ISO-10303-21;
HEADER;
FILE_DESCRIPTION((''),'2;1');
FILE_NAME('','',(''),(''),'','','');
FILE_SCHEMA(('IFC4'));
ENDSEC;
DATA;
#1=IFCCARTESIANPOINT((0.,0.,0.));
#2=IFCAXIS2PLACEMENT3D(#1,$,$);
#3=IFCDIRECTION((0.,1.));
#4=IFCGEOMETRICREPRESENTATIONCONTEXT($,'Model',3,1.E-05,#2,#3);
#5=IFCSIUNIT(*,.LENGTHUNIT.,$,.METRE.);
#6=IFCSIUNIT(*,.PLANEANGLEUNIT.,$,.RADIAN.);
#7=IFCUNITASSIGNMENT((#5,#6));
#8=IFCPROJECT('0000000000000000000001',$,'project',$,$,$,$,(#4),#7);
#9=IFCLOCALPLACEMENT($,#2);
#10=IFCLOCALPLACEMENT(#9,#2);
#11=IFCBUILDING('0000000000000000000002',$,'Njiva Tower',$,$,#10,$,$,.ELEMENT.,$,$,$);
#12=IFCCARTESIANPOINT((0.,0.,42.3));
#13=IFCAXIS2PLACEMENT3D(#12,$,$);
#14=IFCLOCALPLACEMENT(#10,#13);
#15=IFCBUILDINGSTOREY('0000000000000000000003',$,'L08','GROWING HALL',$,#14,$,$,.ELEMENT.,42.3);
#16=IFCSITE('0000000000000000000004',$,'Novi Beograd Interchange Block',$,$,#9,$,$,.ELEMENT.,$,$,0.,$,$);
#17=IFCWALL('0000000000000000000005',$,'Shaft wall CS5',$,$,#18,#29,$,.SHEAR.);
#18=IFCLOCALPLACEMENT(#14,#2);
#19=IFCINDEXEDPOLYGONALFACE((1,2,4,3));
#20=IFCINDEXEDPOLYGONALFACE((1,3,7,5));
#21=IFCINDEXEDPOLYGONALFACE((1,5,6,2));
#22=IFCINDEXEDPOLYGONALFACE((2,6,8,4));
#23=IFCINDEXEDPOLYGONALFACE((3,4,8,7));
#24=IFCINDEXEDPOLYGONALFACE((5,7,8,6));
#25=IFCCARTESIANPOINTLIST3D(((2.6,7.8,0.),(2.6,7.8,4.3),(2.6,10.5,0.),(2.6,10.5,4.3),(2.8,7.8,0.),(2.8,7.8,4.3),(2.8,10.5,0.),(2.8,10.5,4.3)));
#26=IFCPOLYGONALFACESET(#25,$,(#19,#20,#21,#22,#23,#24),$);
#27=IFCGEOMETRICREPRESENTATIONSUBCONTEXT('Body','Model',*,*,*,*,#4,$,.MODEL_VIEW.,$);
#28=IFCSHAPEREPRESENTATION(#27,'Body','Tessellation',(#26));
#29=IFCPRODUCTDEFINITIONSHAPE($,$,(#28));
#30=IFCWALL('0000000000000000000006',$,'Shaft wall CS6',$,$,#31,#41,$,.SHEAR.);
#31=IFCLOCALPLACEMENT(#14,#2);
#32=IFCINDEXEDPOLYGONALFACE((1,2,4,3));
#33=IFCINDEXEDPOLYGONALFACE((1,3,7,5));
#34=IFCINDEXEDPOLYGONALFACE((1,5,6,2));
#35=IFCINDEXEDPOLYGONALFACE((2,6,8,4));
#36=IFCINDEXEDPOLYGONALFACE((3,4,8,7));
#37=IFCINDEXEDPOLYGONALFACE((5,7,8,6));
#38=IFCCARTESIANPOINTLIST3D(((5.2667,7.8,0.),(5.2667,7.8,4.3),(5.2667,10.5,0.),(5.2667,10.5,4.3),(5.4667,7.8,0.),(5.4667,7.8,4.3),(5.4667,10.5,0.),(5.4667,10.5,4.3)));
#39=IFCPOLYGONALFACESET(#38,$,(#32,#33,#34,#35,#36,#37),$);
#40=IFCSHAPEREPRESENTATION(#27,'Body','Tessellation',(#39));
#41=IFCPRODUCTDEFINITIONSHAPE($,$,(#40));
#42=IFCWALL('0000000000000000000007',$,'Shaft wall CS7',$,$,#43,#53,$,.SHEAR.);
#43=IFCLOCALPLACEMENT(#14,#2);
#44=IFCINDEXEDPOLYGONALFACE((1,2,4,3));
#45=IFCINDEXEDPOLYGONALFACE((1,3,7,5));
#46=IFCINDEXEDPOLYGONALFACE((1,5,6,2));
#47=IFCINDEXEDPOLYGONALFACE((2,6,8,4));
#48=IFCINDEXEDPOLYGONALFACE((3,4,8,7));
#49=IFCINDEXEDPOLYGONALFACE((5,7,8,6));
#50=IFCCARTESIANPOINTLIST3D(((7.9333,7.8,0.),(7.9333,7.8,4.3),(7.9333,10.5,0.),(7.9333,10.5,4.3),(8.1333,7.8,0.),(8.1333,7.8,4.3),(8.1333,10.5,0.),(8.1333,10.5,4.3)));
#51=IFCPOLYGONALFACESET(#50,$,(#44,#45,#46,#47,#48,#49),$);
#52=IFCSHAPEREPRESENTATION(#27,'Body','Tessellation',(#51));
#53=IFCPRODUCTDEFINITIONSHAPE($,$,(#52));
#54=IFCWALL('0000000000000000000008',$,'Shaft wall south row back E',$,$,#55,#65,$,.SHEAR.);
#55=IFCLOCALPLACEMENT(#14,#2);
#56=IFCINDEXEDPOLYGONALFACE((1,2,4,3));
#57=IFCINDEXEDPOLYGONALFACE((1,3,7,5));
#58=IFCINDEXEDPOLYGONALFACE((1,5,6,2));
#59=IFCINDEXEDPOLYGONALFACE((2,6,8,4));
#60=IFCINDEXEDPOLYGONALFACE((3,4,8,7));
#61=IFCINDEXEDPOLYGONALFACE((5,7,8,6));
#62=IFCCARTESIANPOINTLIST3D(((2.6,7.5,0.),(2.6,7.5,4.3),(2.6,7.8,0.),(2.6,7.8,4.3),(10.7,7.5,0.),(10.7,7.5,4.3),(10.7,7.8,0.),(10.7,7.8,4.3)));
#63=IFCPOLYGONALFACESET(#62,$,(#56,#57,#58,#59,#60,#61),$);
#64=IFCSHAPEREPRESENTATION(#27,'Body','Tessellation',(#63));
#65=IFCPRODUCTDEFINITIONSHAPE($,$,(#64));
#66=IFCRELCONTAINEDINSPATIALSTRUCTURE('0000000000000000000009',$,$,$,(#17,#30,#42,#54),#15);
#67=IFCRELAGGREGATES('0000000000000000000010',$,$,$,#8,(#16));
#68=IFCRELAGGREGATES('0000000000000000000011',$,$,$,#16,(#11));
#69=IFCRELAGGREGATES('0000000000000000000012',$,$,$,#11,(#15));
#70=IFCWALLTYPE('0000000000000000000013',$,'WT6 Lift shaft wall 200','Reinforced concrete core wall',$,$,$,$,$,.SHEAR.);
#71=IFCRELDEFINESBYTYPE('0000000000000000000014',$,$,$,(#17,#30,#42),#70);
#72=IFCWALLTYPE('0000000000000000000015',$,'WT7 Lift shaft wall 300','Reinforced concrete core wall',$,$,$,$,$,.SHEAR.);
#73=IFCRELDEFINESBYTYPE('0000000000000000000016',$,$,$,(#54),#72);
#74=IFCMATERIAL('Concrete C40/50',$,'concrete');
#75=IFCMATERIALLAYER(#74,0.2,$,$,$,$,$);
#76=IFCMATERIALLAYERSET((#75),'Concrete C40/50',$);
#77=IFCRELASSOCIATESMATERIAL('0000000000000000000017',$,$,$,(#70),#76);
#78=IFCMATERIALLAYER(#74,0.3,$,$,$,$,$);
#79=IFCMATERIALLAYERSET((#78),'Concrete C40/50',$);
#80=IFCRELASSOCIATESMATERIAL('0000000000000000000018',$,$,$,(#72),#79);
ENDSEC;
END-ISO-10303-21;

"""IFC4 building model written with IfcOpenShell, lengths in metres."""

from ifc_helpers import new_model, si_unit, direction, frame, frame_2d, origin, place, context, subcontext, project, spatial, rectangle, extrude, material, layer, layer_set, type_object, element, save


model = new_model("IFC4")

# Units and contexts
model_context = context("Model", 3, precision=1e-05, world=origin(), true_north=direction((0.0, 1.0)))
body_context = subcontext(model_context, "Body", "Model", "MODEL_VIEW")
ifc_project = project(units=[si_unit("LENGTHUNIT", "METRE"), si_unit("PLANEANGLEUNIT", "RADIAN")], contexts=[model_context])

# Site, building, storey
site_placement = place(None, origin())
site = spatial("IfcSite", under=ifc_project, at=site_placement, Name="Novi Beograd Interchange Block", CompositionType="ELEMENT", RefElevation=0.0)
building_placement = place(site_placement, origin())
building = spatial("IfcBuilding", under=site, at=building_placement, Name="Njiva Tower", CompositionType="ELEMENT")
storey_placement = place(building_placement, frame((0.0, 0.0, 42.3)))
storey = spatial("IfcBuildingStorey", under=building, at=storey_placement, Name="L08", Description="GROWING HALL", CompositionType="ELEMENT", Elevation=42.3)

# Shared definitions
ifc_material_1 = material(Name="Concrete C40/50", Category="concrete")

# Walls
ifc_layer_1 = layer(ifc_material_1, 0.2)
ifc_layer_set_1 = layer_set([ifc_layer_1], Name="Concrete C40/50")
wall_type_1 = type_object("IfcWallType", Name="WT6 Lift shaft wall 200", Description="Reinforced concrete core wall", PredefinedType="SHEAR", material=ifc_layer_set_1)
for number, where, z_axis, x_axis, name in (
    (1, (2.7, 7.8, 0.0), (0.0, 0.0, 1.0), (0.0, 1.0, 0.0), "Shaft wall CS5"),
    (2, (5.3667, 7.8, 0.0), (0.0, 0.0, 1.0), (0.0, 1.0, 0.0), "Shaft wall CS6"),
    (3, (8.0333, 7.8, 0.0), (0.0, 0.0, 1.0), (0.0, 1.0, 0.0), "Shaft wall CS7"),
):
    element("IfcWall", number, at=place(storey_placement, frame(where, z_axis=z_axis, x_axis=x_axis)), inside=storey, type_object=wall_type_1, Name=name, PredefinedType="SHEAR", context=body_context, shape_type="SweptSolid", body=[
        extrude(rectangle(XDim=2.7, YDim=0.2, at=frame_2d((1.35, 0.0))), origin(), (0.0, 0.0, 1.0), 4.3),
    ])
ifc_layer_2 = layer(ifc_material_1, 0.3)
ifc_layer_set_2 = layer_set([ifc_layer_2], Name="Concrete C40/50")
wall_type_2 = type_object("IfcWallType", Name="WT7 Lift shaft wall 300", Description="Reinforced concrete core wall", PredefinedType="SHEAR", material=ifc_layer_set_2)
wall_1_placement = place(storey_placement, frame((2.6, 7.65, 0.0), z_axis=(0.0, 0.0, 1.0), x_axis=(1.0, 0.0, 0.0)))
element("IfcWall", 4, at=wall_1_placement, inside=storey, type_object=wall_type_2, Name="Shaft wall south row back E", PredefinedType="SHEAR", context=body_context, shape_type="SweptSolid", body=[
    extrude(rectangle(XDim=8.1, YDim=0.3, at=frame_2d((4.05, 0.0))), origin(), (0.0, 0.0, 1.0), 4.3),
])

save(model, "model.ifc")
